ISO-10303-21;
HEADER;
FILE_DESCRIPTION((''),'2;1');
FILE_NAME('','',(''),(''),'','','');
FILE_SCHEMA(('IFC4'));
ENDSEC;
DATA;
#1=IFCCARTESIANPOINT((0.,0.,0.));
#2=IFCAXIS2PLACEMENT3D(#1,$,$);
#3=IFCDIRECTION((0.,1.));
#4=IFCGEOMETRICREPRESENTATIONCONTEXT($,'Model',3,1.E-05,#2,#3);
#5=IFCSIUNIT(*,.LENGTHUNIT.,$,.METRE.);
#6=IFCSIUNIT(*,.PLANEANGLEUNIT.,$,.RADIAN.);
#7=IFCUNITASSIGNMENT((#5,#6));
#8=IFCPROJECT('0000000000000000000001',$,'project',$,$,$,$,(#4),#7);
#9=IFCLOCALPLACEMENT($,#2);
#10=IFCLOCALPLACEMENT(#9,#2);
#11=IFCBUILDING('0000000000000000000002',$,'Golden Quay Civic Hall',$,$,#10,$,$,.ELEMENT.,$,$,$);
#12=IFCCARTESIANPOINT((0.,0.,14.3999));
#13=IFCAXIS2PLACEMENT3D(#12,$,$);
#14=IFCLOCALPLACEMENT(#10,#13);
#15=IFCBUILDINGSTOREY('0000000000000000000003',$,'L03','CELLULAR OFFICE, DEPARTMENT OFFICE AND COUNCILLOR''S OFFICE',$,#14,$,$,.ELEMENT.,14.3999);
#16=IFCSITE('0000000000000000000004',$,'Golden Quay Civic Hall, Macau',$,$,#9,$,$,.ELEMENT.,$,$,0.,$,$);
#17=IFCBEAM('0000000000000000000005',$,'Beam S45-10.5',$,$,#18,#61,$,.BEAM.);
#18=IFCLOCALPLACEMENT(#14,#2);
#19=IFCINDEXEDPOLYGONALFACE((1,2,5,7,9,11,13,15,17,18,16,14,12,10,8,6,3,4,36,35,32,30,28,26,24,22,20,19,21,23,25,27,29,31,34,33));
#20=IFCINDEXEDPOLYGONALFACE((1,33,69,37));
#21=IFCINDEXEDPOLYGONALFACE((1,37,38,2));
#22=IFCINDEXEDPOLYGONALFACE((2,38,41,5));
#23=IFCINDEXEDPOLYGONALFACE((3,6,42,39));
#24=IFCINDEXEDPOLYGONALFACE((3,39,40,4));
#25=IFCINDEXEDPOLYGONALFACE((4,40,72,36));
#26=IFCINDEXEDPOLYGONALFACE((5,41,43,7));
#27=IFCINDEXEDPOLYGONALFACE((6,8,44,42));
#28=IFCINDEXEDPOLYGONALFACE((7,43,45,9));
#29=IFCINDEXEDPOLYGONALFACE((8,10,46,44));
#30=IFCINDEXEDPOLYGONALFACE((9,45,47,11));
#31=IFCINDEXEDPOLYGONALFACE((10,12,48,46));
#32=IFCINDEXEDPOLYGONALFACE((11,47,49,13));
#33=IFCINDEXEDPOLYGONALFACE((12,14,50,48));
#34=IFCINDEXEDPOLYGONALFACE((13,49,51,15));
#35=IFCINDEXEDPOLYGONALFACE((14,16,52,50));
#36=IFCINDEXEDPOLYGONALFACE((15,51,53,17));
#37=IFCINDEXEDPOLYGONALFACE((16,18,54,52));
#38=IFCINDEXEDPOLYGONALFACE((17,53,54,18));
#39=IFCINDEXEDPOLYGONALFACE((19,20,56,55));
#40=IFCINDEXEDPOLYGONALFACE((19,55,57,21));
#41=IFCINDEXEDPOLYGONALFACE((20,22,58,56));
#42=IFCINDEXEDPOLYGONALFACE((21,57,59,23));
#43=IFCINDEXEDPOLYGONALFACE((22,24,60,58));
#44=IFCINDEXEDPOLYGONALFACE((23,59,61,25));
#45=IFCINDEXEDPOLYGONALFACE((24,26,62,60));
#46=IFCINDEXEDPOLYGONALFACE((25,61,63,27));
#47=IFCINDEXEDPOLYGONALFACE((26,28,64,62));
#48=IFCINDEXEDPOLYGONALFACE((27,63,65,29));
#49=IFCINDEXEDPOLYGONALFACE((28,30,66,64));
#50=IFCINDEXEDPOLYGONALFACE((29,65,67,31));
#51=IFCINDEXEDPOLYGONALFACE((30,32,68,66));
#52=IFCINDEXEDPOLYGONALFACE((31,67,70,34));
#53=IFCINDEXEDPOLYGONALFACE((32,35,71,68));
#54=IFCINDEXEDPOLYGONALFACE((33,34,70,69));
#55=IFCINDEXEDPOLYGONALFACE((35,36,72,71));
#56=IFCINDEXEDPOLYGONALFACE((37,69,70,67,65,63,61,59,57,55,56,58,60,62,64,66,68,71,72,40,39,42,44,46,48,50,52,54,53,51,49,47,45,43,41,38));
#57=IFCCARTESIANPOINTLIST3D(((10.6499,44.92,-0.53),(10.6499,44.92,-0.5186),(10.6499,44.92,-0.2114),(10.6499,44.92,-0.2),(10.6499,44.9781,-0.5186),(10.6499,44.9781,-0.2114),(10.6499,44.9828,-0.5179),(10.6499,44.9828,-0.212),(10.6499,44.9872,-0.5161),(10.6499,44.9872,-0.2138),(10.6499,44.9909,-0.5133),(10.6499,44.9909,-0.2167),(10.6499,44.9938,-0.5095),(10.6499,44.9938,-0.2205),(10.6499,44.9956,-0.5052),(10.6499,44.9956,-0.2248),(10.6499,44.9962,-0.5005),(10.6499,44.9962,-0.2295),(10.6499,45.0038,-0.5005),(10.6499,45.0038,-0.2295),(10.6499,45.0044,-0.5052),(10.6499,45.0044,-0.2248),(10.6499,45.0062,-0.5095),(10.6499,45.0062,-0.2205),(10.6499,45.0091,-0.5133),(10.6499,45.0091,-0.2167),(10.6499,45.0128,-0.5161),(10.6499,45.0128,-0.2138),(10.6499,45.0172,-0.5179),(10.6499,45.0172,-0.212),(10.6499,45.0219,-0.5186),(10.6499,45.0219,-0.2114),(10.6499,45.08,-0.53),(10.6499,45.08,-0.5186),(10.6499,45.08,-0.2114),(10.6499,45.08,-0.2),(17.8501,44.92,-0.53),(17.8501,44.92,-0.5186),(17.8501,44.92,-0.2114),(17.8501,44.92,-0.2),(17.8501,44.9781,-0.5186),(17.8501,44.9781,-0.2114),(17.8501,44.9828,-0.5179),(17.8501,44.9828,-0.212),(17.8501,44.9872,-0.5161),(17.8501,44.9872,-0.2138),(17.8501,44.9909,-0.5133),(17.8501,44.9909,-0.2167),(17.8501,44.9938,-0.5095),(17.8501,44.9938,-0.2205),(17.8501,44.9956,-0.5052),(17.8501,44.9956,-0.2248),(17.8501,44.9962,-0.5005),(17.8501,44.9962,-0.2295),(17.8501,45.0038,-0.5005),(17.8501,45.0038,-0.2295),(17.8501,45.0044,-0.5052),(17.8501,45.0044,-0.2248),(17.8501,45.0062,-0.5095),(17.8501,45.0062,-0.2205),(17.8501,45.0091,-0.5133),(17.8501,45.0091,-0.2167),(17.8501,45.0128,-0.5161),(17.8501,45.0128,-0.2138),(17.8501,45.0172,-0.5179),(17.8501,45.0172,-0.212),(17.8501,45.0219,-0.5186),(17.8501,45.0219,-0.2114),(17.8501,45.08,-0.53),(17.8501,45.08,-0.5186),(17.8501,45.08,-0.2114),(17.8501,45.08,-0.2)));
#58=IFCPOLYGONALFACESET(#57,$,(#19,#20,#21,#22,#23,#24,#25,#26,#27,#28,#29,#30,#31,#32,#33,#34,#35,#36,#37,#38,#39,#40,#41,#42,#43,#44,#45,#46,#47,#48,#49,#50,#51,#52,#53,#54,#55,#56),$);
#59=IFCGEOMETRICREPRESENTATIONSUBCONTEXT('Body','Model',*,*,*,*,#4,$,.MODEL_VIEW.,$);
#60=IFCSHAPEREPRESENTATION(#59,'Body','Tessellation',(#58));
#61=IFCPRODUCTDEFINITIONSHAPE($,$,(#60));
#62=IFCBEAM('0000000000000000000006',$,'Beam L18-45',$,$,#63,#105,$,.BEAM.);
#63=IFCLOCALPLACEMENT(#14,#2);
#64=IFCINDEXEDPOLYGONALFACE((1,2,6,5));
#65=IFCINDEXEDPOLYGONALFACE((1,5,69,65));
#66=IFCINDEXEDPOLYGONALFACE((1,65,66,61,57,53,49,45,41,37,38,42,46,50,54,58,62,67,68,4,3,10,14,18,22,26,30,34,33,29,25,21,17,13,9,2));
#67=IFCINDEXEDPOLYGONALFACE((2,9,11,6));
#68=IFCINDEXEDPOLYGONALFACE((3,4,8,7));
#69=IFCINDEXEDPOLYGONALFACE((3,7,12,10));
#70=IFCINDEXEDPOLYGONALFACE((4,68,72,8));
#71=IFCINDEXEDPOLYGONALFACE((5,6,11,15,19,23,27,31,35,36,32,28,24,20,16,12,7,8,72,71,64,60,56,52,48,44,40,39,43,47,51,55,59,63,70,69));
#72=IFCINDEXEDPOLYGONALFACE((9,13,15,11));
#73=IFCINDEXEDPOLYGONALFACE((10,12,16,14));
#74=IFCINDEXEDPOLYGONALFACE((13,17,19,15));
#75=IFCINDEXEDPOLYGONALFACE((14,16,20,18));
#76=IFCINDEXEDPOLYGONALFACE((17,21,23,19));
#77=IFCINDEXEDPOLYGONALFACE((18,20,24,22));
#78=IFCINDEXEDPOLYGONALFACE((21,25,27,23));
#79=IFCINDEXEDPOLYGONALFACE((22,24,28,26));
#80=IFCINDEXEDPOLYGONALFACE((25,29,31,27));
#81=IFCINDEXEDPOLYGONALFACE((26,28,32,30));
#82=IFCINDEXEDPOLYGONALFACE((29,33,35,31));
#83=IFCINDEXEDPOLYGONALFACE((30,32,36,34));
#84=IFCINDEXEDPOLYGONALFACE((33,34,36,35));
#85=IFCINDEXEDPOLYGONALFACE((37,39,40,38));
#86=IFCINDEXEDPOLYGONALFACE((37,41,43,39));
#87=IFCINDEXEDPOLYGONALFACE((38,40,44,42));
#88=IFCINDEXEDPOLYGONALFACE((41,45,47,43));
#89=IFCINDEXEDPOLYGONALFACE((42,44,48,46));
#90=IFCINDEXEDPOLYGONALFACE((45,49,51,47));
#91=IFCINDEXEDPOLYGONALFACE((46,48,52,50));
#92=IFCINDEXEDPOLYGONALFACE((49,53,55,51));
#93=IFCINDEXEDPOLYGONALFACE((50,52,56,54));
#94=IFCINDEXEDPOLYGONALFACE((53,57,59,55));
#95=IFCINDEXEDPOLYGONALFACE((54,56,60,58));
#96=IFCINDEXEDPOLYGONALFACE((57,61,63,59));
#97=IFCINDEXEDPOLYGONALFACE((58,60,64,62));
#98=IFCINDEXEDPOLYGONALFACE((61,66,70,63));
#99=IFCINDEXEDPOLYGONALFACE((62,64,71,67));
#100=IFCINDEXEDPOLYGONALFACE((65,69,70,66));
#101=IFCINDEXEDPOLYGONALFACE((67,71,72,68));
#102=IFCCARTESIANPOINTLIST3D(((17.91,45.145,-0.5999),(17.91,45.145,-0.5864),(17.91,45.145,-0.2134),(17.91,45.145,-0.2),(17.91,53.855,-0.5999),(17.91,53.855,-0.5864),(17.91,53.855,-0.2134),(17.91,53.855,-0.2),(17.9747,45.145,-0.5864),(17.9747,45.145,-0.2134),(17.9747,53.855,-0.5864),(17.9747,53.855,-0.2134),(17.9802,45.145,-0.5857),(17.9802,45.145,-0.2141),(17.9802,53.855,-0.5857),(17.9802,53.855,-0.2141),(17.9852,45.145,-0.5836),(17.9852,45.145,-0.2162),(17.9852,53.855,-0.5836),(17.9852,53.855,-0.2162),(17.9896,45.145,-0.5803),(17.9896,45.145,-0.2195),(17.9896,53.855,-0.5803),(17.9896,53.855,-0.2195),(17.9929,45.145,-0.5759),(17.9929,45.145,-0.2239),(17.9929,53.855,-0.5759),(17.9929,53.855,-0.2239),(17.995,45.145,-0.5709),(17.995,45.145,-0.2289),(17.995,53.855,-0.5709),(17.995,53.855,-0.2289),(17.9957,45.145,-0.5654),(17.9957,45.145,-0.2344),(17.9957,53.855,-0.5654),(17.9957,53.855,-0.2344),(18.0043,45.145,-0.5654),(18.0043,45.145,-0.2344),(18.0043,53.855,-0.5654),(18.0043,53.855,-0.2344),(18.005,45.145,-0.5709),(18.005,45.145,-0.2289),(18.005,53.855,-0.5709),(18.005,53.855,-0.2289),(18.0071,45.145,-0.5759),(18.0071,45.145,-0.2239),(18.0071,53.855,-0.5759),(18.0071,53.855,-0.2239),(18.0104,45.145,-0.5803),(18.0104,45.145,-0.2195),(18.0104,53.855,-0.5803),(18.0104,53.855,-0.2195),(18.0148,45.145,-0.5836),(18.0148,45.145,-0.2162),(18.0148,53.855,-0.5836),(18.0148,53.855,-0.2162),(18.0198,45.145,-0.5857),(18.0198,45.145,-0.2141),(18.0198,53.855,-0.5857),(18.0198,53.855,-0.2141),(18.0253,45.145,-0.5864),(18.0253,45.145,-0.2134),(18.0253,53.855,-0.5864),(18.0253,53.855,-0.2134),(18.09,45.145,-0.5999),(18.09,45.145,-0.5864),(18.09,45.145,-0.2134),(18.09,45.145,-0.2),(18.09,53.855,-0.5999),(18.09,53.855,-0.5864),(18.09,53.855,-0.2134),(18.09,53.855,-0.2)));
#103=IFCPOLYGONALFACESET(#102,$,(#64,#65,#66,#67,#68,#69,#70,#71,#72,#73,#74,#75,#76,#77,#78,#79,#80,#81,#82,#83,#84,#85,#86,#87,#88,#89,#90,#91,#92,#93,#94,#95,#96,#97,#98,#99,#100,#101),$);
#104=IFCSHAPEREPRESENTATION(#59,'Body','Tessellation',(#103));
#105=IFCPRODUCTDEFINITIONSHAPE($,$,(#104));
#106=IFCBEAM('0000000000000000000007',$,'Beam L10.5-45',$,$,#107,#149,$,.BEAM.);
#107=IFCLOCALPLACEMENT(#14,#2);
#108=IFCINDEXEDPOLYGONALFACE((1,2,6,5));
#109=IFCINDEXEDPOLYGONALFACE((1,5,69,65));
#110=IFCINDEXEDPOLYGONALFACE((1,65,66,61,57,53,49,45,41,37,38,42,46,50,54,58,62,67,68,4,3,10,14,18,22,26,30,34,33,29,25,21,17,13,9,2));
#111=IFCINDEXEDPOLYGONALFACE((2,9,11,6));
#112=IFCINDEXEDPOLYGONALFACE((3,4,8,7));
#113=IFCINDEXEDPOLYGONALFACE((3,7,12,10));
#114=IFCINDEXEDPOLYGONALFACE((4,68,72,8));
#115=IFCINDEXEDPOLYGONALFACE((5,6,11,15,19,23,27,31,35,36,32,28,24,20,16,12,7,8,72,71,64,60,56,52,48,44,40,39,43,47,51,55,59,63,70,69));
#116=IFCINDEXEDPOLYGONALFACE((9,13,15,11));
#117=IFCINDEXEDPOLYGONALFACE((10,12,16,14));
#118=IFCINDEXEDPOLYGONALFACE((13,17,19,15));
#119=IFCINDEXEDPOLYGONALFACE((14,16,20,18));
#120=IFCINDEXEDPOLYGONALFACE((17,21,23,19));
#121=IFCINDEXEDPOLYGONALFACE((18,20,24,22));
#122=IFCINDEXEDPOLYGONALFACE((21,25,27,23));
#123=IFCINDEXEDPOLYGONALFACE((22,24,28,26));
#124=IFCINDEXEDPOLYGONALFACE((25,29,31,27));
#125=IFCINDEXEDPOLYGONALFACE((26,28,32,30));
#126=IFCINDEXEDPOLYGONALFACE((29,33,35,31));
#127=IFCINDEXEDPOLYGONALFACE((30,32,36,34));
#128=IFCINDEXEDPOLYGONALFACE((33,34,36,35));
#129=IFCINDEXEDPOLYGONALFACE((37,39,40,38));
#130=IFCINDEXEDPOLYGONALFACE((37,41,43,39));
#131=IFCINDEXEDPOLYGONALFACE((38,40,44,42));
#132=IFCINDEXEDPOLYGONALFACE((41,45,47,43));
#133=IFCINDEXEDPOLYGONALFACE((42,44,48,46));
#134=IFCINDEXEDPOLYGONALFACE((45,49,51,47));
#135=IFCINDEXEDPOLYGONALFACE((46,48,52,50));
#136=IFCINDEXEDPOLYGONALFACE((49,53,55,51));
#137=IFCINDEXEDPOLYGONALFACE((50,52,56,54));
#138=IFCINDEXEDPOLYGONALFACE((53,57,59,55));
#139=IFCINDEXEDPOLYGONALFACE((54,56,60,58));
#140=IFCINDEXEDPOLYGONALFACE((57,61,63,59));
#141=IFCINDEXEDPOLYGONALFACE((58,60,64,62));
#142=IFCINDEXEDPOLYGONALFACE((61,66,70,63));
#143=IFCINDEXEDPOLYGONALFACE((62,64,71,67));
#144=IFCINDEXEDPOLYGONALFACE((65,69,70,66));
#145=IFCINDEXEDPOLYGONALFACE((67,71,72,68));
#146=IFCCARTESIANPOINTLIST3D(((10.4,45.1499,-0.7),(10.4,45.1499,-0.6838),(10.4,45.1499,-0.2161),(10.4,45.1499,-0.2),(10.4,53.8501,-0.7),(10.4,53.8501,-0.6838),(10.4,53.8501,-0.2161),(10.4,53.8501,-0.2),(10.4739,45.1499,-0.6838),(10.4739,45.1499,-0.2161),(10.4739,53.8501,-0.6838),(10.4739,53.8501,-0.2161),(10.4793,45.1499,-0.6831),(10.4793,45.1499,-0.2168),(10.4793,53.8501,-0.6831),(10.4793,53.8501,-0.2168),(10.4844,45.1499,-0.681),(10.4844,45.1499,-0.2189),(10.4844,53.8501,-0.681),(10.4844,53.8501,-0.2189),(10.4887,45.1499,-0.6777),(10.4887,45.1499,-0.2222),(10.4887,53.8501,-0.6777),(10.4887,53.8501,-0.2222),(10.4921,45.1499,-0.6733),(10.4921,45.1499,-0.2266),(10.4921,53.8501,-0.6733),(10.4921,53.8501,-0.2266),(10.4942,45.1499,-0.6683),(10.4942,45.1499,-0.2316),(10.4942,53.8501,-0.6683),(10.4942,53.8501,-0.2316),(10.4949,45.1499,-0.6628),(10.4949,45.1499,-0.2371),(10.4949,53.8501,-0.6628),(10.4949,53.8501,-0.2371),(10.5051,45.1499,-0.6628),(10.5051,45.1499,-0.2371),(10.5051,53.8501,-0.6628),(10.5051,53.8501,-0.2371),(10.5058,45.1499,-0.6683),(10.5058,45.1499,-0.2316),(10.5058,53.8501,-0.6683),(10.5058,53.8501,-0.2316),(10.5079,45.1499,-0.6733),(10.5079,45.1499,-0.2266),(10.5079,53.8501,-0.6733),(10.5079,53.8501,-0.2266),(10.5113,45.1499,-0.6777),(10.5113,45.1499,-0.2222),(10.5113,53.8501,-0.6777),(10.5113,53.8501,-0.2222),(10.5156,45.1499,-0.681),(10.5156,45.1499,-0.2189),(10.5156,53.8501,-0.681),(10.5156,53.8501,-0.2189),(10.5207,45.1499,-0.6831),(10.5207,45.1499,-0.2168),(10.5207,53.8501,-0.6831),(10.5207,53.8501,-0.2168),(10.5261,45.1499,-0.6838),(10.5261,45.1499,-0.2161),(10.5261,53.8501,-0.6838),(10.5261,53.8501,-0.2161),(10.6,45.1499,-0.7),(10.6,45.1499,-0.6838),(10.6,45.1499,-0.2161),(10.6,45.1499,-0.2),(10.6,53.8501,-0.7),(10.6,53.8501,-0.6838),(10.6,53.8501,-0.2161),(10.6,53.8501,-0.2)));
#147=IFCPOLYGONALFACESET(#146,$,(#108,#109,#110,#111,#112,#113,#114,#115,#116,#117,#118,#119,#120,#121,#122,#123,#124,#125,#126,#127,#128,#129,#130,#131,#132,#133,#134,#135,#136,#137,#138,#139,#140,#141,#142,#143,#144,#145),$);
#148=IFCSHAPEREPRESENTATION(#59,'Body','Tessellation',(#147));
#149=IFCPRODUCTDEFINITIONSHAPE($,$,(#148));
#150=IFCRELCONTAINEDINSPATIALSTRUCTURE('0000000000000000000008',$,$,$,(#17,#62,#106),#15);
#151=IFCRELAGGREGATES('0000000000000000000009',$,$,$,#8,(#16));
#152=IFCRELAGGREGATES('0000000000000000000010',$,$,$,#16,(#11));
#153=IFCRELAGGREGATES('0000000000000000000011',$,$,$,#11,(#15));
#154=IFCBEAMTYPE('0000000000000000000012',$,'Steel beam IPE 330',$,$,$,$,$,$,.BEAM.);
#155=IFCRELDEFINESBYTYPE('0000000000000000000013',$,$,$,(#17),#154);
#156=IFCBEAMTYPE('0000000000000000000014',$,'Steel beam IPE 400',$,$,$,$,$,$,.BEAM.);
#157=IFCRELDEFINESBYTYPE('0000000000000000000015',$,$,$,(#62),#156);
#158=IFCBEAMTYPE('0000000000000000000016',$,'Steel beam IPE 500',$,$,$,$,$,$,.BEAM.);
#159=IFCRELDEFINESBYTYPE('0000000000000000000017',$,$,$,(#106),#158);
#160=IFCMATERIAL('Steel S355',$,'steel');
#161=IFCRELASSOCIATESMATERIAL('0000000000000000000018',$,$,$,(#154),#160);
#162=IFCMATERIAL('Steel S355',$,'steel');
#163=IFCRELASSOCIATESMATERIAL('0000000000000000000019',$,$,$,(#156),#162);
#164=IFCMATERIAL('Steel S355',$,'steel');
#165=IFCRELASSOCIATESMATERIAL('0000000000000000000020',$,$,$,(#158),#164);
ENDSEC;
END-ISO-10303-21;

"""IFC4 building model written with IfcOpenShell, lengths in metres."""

from ifc_helpers import new_model, si_unit, direction, frame, origin, origin_2d, place, context, subcontext, project, spatial, i_section, extrude, material, material_profile, profile_set, type_object, element, save


model = new_model("IFC4")

# Units and contexts
model_context = context("Model", 3, precision=1e-05, world=origin(), true_north=direction((0.0, 1.0)))
body_context = subcontext(model_context, "Body", "Model", "MODEL_VIEW")
ifc_project = project(units=[si_unit("LENGTHUNIT", "METRE"), si_unit("PLANEANGLEUNIT", "RADIAN")], contexts=[model_context])

# Site, building, storey
site_placement = place(None, origin())
site = spatial("IfcSite", under=ifc_project, at=site_placement, Name="Golden Quay Civic Hall, Macau", CompositionType="ELEMENT", RefElevation=0.0)
building_placement = place(site_placement, origin())
building = spatial("IfcBuilding", under=site, at=building_placement, Name="Golden Quay Civic Hall", CompositionType="ELEMENT")
storey_placement = place(building_placement, frame((0.0, 0.0, 14.3999)))
storey = spatial("IfcBuildingStorey", under=building, at=storey_placement, Name="L03", Description="CELLULAR OFFICE, DEPARTMENT OFFICE AND COUNCILLOR'S OFFICE", CompositionType="ELEMENT", Elevation=14.3999)

# Beams
ifc_material_1 = material(Name="Steel S355", Category="steel")
ifc_material_profile_1 = material_profile(ifc_material_1, i_section(OverallWidth=0.1599, OverallDepth=0.3301, WebThickness=0.0076, FlangeThickness=0.0115, FilletRadius=0.0181, at=origin_2d()), Name="IPE 330")
ifc_profile_set_1 = profile_set([ifc_material_profile_1], Name="Steel S355")
beam_type_1 = type_object("IfcBeamType", Name="Steel beam IPE 330", PredefinedType="BEAM", material=ifc_profile_set_1)
beam_1_placement = place(storey_placement, frame((10.6499, 45.0, -0.365), z_axis=(1.0, 0.0, 0.0), x_axis=(0.0, 1.0, 0.0)))
element("IfcBeam", 1, at=beam_1_placement, inside=storey, type_object=beam_type_1, Name="Beam S45-10.5", PredefinedType="BEAM", context=body_context, shape_type="SweptSolid", body=[
    extrude(i_section(OverallWidth=0.1599, OverallDepth=0.3301, WebThickness=0.0076, FlangeThickness=0.0115, FilletRadius=0.0181, at=origin_2d()), origin(), (0.0, 0.0, 1.0), 7.2002),
])
ifc_material_2 = material(Name="Steel S355", Category="steel")
ifc_material_profile_2 = material_profile(ifc_material_2, i_section(OverallWidth=0.1799, OverallDepth=0.3999, WebThickness=0.0085, FlangeThickness=0.0134, FilletRadius=0.021, at=origin_2d()), Name="IPE 400")
ifc_profile_set_2 = profile_set([ifc_material_profile_2], Name="Steel S355")
beam_type_2 = type_object("IfcBeamType", Name="Steel beam IPE 400", PredefinedType="BEAM", material=ifc_profile_set_2)
beam_2_placement = place(storey_placement, frame((18.0, 45.145, -0.3999), z_axis=(0.0, 1.0, 0.0), x_axis=(-1.0, 0.0, 0.0)))
element("IfcBeam", 2, at=beam_2_placement, inside=storey, type_object=beam_type_2, Name="Beam L18-45", PredefinedType="BEAM", context=body_context, shape_type="SweptSolid", body=[
    extrude(i_section(OverallWidth=0.1799, OverallDepth=0.3999, WebThickness=0.0085, FlangeThickness=0.0134, FilletRadius=0.021, at=origin_2d()), origin(), (0.0, 0.0, 1.0), 8.71),
])
ifc_material_3 = material(Name="Steel S355", Category="steel")
ifc_material_profile_3 = material_profile(ifc_material_3, i_section(OverallWidth=0.2, OverallDepth=0.5, WebThickness=0.0103, FlangeThickness=0.0161, FilletRadius=0.021, at=origin_2d()), Name="IPE 500")
ifc_profile_set_3 = profile_set([ifc_material_profile_3], Name="Steel S355")
beam_type_3 = type_object("IfcBeamType", Name="Steel beam IPE 500", PredefinedType="BEAM", material=ifc_profile_set_3)
beam_3_placement = place(storey_placement, frame((10.5, 45.1499, -0.45), z_axis=(0.0, 1.0, 0.0), x_axis=(-1.0, 0.0, 0.0)))
element("IfcBeam", 3, at=beam_3_placement, inside=storey, type_object=beam_type_3, Name="Beam L10.5-45", PredefinedType="BEAM", context=body_context, shape_type="SweptSolid", body=[
    extrude(i_section(OverallWidth=0.2, OverallDepth=0.5, WebThickness=0.0103, FlangeThickness=0.0161, FilletRadius=0.021, at=origin_2d()), origin(), (0.0, 0.0, 1.0), 8.7002),
])

save(model, "model.ifc")
